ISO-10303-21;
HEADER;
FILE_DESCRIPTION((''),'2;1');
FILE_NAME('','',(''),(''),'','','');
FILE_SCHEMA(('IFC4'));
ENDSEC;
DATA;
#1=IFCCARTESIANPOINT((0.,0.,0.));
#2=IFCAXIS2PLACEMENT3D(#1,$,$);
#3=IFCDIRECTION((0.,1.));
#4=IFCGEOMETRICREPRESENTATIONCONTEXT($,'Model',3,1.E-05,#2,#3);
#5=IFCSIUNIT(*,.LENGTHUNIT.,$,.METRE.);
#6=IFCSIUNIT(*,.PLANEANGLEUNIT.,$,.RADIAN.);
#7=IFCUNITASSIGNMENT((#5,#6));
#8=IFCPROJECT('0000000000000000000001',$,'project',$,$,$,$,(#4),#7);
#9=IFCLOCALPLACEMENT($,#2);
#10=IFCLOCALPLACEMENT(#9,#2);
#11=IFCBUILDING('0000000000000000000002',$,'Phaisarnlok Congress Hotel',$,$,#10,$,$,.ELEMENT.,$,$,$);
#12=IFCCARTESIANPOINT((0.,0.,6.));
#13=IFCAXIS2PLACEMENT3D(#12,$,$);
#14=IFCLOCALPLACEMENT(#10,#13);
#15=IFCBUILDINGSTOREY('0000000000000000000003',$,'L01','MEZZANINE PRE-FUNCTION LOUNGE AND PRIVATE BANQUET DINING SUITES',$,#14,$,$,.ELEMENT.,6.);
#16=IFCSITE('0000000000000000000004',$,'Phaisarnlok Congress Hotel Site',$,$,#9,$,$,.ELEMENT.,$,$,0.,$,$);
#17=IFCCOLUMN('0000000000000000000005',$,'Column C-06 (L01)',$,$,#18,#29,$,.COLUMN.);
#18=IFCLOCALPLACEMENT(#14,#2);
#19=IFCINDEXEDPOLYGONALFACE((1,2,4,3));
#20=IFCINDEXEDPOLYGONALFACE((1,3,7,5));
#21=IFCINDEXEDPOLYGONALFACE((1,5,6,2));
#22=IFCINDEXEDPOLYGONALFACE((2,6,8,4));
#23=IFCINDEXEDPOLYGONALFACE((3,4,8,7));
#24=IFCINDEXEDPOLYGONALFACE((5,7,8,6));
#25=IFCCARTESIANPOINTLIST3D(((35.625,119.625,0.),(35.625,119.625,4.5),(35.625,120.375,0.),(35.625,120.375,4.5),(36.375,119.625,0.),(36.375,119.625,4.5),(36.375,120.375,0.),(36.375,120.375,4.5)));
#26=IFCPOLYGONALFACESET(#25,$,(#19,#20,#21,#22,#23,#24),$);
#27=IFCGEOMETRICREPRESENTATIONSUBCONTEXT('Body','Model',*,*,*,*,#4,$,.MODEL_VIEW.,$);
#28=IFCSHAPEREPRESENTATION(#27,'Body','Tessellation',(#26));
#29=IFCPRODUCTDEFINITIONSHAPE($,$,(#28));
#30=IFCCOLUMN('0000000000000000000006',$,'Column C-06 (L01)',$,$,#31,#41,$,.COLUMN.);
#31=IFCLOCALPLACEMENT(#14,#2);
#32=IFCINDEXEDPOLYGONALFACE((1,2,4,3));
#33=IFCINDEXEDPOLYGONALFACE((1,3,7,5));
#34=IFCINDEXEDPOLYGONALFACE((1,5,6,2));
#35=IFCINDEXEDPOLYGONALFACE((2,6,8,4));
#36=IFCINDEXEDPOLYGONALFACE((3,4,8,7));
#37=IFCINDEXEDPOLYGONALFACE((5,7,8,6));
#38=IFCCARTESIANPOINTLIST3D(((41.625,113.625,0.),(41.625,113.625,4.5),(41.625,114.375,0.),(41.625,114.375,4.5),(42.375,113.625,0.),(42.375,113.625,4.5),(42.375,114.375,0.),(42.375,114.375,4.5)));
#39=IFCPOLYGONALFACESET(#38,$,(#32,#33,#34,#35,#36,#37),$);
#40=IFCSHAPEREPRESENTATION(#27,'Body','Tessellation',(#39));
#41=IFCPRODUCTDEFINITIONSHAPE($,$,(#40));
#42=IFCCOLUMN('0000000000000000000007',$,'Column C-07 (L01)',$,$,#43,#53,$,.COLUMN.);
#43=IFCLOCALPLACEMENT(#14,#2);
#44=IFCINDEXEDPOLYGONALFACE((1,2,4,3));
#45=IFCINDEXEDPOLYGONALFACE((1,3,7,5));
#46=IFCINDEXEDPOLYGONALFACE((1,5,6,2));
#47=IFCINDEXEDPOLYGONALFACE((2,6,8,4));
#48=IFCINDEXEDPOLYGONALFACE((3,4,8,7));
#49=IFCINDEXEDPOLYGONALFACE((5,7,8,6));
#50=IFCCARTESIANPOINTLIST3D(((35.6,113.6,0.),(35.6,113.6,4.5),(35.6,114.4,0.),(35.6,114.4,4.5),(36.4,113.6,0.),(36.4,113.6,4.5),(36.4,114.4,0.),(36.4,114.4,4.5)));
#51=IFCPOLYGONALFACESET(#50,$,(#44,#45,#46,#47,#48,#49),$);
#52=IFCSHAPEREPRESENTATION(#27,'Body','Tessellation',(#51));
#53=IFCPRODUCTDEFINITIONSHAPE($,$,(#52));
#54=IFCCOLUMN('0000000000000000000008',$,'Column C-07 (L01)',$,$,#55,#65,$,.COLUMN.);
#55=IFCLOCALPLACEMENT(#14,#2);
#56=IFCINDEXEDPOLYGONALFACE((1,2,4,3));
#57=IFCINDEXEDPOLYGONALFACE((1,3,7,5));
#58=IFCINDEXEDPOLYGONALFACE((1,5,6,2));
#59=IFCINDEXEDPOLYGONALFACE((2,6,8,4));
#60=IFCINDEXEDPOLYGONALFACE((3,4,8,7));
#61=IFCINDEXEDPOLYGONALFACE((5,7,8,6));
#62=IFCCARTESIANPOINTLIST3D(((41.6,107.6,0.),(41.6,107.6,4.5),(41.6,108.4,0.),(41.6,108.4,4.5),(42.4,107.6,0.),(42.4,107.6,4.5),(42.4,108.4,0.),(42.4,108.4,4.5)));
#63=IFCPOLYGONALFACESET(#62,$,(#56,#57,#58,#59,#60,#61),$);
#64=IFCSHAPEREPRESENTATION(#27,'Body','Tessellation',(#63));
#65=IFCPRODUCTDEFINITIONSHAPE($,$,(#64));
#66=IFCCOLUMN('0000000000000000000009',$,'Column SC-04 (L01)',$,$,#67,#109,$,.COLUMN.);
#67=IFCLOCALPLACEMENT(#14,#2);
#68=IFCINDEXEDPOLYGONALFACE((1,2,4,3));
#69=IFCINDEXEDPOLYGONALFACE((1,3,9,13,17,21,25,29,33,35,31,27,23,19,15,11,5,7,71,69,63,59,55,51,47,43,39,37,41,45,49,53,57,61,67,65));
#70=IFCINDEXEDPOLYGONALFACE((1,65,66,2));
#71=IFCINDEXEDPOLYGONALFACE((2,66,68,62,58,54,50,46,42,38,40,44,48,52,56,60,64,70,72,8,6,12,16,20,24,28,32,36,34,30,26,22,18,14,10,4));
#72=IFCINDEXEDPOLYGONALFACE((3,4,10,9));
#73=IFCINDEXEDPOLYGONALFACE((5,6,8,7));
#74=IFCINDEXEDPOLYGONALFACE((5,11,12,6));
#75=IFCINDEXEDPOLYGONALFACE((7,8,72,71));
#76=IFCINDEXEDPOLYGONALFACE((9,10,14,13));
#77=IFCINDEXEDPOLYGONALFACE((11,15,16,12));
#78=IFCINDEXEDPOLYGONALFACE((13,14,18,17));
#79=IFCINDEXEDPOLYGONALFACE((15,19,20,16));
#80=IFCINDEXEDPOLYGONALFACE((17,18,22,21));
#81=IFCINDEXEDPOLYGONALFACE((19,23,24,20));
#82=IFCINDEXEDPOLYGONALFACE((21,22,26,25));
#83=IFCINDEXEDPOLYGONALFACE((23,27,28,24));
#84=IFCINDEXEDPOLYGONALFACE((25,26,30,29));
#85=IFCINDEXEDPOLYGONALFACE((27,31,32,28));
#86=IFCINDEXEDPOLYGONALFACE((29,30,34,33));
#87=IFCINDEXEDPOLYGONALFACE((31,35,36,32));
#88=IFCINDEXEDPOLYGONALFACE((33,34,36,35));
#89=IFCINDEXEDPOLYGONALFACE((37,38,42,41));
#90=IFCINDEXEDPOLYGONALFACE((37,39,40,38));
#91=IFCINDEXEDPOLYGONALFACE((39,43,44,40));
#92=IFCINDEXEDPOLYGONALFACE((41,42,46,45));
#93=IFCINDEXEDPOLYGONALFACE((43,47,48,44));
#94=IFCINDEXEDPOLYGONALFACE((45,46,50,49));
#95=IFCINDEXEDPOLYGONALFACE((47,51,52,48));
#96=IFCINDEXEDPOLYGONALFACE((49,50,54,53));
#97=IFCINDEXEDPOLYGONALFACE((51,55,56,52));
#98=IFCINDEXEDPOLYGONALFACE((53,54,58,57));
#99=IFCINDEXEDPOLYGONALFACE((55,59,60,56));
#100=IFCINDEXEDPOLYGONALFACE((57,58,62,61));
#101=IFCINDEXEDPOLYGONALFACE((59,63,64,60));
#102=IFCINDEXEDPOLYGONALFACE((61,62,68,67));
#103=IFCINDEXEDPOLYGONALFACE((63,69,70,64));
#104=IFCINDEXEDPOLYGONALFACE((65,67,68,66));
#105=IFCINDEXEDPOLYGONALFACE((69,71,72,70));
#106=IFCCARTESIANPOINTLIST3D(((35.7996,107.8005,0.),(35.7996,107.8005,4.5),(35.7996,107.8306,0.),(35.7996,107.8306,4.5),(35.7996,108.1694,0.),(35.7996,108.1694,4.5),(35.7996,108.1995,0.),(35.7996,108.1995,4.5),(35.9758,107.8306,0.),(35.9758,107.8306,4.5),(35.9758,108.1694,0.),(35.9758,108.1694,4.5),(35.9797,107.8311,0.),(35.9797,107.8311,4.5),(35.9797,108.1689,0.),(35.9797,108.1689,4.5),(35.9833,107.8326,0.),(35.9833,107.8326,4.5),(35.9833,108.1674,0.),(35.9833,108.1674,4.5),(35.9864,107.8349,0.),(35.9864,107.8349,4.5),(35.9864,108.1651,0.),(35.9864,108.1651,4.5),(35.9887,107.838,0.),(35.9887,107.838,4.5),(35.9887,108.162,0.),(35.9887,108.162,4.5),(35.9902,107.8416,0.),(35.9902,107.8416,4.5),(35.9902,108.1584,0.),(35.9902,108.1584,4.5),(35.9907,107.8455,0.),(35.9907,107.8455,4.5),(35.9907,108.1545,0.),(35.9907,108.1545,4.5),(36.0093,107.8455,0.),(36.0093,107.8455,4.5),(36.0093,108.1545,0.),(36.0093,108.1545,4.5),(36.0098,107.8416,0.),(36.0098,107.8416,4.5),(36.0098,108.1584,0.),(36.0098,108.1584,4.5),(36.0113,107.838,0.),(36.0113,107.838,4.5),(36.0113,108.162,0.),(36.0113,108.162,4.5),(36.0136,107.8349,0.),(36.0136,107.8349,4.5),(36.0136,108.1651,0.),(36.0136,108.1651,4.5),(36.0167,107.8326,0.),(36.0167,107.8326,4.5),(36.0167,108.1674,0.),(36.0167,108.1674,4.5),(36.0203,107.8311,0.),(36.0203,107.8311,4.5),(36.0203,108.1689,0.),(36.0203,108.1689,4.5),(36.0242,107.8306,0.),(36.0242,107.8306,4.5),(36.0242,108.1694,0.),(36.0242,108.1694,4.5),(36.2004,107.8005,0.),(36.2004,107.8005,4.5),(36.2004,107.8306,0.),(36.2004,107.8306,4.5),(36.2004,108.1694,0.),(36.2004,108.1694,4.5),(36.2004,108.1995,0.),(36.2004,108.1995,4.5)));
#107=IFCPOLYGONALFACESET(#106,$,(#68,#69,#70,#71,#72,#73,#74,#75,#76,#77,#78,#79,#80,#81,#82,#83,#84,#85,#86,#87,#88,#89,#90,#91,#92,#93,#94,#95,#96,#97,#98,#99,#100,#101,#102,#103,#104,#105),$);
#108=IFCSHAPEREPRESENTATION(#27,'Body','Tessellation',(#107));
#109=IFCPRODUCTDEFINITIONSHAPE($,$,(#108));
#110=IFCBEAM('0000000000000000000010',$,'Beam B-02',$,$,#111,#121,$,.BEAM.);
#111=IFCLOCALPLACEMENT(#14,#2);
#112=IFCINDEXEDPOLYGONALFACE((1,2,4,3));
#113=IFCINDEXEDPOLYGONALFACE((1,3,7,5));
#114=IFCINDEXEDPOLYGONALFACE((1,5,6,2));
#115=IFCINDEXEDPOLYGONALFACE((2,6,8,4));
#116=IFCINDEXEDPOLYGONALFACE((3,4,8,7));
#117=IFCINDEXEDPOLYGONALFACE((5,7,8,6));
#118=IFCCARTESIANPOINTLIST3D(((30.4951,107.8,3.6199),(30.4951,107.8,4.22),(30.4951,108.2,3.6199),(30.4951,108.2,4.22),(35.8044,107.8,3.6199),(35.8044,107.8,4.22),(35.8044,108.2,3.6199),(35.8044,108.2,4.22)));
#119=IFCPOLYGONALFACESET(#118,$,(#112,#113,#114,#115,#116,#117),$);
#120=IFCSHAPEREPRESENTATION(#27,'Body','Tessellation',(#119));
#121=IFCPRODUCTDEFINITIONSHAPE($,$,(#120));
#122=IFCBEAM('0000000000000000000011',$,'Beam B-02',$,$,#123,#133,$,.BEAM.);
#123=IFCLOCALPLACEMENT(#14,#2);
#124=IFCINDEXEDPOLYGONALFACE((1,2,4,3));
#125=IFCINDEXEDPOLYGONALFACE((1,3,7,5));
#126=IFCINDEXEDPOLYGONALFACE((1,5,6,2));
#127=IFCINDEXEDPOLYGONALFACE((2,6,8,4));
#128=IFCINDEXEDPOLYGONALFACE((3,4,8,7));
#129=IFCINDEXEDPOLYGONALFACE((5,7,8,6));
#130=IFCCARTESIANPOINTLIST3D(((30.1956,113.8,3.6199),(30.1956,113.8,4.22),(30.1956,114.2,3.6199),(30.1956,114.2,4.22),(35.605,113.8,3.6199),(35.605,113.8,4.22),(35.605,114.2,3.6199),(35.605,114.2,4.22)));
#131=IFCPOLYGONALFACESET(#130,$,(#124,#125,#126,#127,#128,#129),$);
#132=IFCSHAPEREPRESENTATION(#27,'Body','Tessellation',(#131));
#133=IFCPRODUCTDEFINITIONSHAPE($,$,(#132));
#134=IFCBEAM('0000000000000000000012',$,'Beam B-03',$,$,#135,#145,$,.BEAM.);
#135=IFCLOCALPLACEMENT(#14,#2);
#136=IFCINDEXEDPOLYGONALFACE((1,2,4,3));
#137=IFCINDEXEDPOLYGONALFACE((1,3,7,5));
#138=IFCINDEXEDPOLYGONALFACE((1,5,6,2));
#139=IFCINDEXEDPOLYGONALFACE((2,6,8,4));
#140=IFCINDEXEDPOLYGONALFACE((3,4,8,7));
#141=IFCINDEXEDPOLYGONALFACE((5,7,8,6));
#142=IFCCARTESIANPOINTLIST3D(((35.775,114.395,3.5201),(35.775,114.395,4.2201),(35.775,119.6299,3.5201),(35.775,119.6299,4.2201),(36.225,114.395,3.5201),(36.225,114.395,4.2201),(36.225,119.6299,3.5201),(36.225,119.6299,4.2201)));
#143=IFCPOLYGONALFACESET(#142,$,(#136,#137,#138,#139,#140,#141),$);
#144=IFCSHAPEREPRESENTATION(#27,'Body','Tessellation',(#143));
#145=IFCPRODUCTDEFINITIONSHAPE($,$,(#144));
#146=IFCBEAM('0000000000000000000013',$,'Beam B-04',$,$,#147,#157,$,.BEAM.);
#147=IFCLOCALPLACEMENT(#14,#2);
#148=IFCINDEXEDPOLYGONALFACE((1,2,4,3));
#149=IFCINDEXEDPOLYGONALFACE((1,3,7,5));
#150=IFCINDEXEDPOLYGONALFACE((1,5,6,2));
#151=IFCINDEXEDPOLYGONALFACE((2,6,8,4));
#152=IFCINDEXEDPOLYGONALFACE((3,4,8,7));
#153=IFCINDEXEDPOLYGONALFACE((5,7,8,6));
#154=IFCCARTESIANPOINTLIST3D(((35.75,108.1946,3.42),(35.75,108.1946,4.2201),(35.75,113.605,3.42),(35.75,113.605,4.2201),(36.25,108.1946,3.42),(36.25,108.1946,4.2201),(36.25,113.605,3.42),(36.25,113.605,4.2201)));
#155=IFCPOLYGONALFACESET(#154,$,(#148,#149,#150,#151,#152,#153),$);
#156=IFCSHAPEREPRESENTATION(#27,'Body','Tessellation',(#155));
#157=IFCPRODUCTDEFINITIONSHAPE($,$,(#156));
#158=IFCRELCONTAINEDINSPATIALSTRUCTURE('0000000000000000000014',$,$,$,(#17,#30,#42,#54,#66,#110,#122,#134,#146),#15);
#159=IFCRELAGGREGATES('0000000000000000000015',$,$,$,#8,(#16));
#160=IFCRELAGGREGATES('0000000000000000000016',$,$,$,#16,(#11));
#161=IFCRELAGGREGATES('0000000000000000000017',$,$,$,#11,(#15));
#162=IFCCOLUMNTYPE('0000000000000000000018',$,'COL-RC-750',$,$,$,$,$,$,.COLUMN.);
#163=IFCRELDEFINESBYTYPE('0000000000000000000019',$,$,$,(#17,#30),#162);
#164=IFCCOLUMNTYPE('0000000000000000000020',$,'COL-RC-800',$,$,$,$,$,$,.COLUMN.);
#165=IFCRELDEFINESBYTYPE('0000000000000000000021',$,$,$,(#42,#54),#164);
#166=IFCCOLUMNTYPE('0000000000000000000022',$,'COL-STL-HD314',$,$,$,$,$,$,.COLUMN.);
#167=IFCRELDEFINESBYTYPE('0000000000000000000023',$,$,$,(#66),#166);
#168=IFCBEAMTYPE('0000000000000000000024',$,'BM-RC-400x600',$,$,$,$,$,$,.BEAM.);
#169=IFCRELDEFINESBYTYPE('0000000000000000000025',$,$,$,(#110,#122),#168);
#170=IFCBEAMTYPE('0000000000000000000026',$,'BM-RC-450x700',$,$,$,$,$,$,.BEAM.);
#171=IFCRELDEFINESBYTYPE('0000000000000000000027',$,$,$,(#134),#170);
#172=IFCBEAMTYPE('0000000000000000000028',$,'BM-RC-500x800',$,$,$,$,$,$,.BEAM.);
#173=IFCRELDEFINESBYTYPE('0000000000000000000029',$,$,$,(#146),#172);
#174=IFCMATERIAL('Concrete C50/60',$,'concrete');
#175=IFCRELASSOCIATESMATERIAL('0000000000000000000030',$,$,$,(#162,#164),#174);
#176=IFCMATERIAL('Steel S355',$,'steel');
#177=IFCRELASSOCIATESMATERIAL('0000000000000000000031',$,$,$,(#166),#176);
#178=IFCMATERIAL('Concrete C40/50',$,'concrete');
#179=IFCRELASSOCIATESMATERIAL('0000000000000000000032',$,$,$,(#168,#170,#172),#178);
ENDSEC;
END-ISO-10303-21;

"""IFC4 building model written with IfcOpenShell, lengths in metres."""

from ifc_helpers import new_model, si_unit, direction, frame, origin, origin_2d, place, context, subcontext, project, spatial, rectangle, i_section, extrude, material, material_profile, profile_set, type_object, element, save


model = new_model("IFC4")

# Units and contexts
model_context = context("Model", 3, precision=1e-05, world=origin(), true_north=direction((0.0, 1.0)))
body_context = subcontext(model_context, "Body", "Model", "MODEL_VIEW")
ifc_project = project(units=[si_unit("LENGTHUNIT", "METRE"), si_unit("PLANEANGLEUNIT", "RADIAN")], contexts=[model_context])

# Site, building, storey
site_placement = place(None, origin())
site = spatial("IfcSite", under=ifc_project, at=site_placement, Name="Phaisarnlok Congress Hotel Site", CompositionType="ELEMENT", RefElevation=0.0)
building_placement = place(site_placement, origin())
building = spatial("IfcBuilding", under=site, at=building_placement, Name="Phaisarnlok Congress Hotel", CompositionType="ELEMENT")
storey_placement = place(building_placement, frame((0.0, 0.0, 6.0)))
storey = spatial("IfcBuildingStorey", under=building, at=storey_placement, Name="L01", Description="MEZZANINE PRE-FUNCTION LOUNGE AND PRIVATE BANQUET DINING SUITES", CompositionType="ELEMENT", Elevation=6.0)

# Columns
ifc_material_1 = material(Name="Concrete C50/60", Category="concrete")
ifc_material_profile_1 = material_profile(ifc_material_1, rectangle(XDim=0.75, YDim=0.75, at=origin_2d()), Name="RC 750x750")
ifc_profile_set_1 = profile_set([ifc_material_profile_1], Name="Concrete C50/60")
column_type_1 = type_object("IfcColumnType", Name="COL-RC-750", PredefinedType="COLUMN", material=ifc_profile_set_1)
for number, where, z_axis, x_axis, name in (
    (1, (36.0, 120.0, 0.0), (0.0, 0.0, 1.0), (1.0, 0.0, 0.0), "Column C-06 (L01)"),
    (2, (42.0, 114.0, 0.0), (0.0, 0.0, 1.0), (1.0, 0.0, 0.0), "Column C-06 (L01)"),
):
    element("IfcColumn", number, at=place(storey_placement, frame(where, z_axis=z_axis, x_axis=x_axis)), inside=storey, type_object=column_type_1, Name=name, PredefinedType="COLUMN", context=body_context, shape_type="SweptSolid", body=[
        extrude(rectangle(XDim=0.75, YDim=0.75, at=origin_2d()), origin(), (0.0, 0.0, 1.0), 4.5),
    ])
ifc_material_profile_2 = material_profile(ifc_material_1, rectangle(XDim=0.8, YDim=0.8, at=origin_2d()), Name="RC 800x800")
ifc_profile_set_2 = profile_set([ifc_material_profile_2], Name="Concrete C50/60")
column_type_2 = type_object("IfcColumnType", Name="COL-RC-800", PredefinedType="COLUMN", material=ifc_profile_set_2)
for number, where, z_axis, x_axis, name in (
    (3, (36.0, 114.0, 0.0), (0.0, 0.0, 1.0), (1.0, 0.0, 0.0), "Column C-07 (L01)"),
    (4, (42.0, 108.0, 0.0), (0.0, 0.0, 1.0), (1.0, 0.0, 0.0), "Column C-07 (L01)"),
):
    element("IfcColumn", number, at=place(storey_placement, frame(where, z_axis=z_axis, x_axis=x_axis)), inside=storey, type_object=column_type_2, Name=name, PredefinedType="COLUMN", context=body_context, shape_type="SweptSolid", body=[
        extrude(rectangle(XDim=0.8, YDim=0.8, at=origin_2d()), origin(), (0.0, 0.0, 1.0), 4.5),
    ])
ifc_material_2 = material(Name="Steel S355", Category="steel")
ifc_material_profile_3 = material_profile(ifc_material_2, i_section(OverallWidth=0.4009, OverallDepth=0.3989, WebThickness=0.0186, FlangeThickness=0.03, FilletRadius=0.0149, at=origin_2d()), Name="HD 400x314")
ifc_profile_set_3 = profile_set([ifc_material_profile_3], Name="Steel S355")
column_type_3 = type_object("IfcColumnType", Name="COL-STL-HD314", PredefinedType="COLUMN", material=ifc_profile_set_3)
column_placement = place(storey_placement, frame((36.0, 108.0, 0.0), z_axis=(0.0, 0.0, 1.0), x_axis=(1.0, 0.0, 0.0)))
element("IfcColumn", 5, at=column_placement, inside=storey, type_object=column_type_3, Name="Column SC-04 (L01)", PredefinedType="COLUMN", context=body_context, shape_type="SweptSolid", body=[
    extrude(i_section(OverallWidth=0.4009, OverallDepth=0.3989, WebThickness=0.0186, FlangeThickness=0.03, FilletRadius=0.0149, at=origin_2d()), origin(), (0.0, 0.0, 1.0), 4.5),
])

# Beams
ifc_material_3 = material(Name="Concrete C40/50", Category="concrete")
ifc_material_profile_4 = material_profile(ifc_material_3, rectangle(XDim=0.3999, YDim=0.6001, at=origin_2d()), Name="RC 400x600")
ifc_profile_set_4 = profile_set([ifc_material_profile_4], Name="Concrete C40/50")
beam_type_1 = type_object("IfcBeamType", Name="BM-RC-400x600", PredefinedType="BEAM", material=ifc_profile_set_4)
beam_1_placement = place(storey_placement, frame((30.4951, 108.0, 3.9199), z_axis=(1.0, 0.0, 0.0), x_axis=(0.0, 1.0, 0.0)))
element("IfcBeam", 6, at=beam_1_placement, inside=storey, type_object=beam_type_1, Name="Beam B-02", PredefinedType="BEAM", context=body_context, shape_type="SweptSolid", body=[
    extrude(rectangle(XDim=0.3999, YDim=0.6001, at=origin_2d()), origin(), (0.0, 0.0, 1.0), 5.3093),
])
beam_2_placement = place(storey_placement, frame((30.1956, 114.0, 3.9199), z_axis=(1.0, 0.0, 0.0), x_axis=(0.0, 1.0, 0.0)))
element("IfcBeam", 7, at=beam_2_placement, inside=storey, type_object=beam_type_1, Name="Beam B-02", PredefinedType="BEAM", context=body_context, shape_type="SweptSolid", body=[
    extrude(rectangle(XDim=0.3999, YDim=0.6001, at=origin_2d()), origin(), (0.0, 0.0, 1.0), 5.4094),
])
ifc_material_profile_5 = material_profile(ifc_material_3, rectangle(XDim=0.45, YDim=0.7, at=origin_2d()), Name="RC 450x700")
ifc_profile_set_5 = profile_set([ifc_material_profile_5], Name="Concrete C40/50")
beam_type_2 = type_object("IfcBeamType", Name="BM-RC-450x700", PredefinedType="BEAM", material=ifc_profile_set_5)
beam_3_placement = place(storey_placement, frame((36.0, 114.395, 3.8701), z_axis=(0.0, 1.0, 0.0), x_axis=(-1.0, 0.0, 0.0)))
element("IfcBeam", 8, at=beam_3_placement, inside=storey, type_object=beam_type_2, Name="Beam B-03", PredefinedType="BEAM", context=body_context, shape_type="SweptSolid", body=[
    extrude(rectangle(XDim=0.45, YDim=0.7, at=origin_2d()), origin(), (0.0, 0.0, 1.0), 5.2349),
])
ifc_material_profile_6 = material_profile(ifc_material_3, rectangle(XDim=0.5, YDim=0.8, at=origin_2d()), Name="RC 500x800")
ifc_profile_set_6 = profile_set([ifc_material_profile_6], Name="Concrete C40/50")
beam_type_3 = type_object("IfcBeamType", Name="BM-RC-500x800", PredefinedType="BEAM", material=ifc_profile_set_6)
beam_4_placement = place(storey_placement, frame((36.0, 108.1946, 3.8201), z_axis=(0.0, 1.0, 0.0), x_axis=(-1.0, 0.0, 0.0)))
element("IfcBeam", 9, at=beam_4_placement, inside=storey, type_object=beam_type_3, Name="Beam B-04", PredefinedType="BEAM", context=body_context, shape_type="SweptSolid", body=[
    extrude(rectangle(XDim=0.5, YDim=0.8, at=origin_2d()), origin(), (0.0, 0.0, 1.0), 5.4104),
])

save(model, "model.ifc")
